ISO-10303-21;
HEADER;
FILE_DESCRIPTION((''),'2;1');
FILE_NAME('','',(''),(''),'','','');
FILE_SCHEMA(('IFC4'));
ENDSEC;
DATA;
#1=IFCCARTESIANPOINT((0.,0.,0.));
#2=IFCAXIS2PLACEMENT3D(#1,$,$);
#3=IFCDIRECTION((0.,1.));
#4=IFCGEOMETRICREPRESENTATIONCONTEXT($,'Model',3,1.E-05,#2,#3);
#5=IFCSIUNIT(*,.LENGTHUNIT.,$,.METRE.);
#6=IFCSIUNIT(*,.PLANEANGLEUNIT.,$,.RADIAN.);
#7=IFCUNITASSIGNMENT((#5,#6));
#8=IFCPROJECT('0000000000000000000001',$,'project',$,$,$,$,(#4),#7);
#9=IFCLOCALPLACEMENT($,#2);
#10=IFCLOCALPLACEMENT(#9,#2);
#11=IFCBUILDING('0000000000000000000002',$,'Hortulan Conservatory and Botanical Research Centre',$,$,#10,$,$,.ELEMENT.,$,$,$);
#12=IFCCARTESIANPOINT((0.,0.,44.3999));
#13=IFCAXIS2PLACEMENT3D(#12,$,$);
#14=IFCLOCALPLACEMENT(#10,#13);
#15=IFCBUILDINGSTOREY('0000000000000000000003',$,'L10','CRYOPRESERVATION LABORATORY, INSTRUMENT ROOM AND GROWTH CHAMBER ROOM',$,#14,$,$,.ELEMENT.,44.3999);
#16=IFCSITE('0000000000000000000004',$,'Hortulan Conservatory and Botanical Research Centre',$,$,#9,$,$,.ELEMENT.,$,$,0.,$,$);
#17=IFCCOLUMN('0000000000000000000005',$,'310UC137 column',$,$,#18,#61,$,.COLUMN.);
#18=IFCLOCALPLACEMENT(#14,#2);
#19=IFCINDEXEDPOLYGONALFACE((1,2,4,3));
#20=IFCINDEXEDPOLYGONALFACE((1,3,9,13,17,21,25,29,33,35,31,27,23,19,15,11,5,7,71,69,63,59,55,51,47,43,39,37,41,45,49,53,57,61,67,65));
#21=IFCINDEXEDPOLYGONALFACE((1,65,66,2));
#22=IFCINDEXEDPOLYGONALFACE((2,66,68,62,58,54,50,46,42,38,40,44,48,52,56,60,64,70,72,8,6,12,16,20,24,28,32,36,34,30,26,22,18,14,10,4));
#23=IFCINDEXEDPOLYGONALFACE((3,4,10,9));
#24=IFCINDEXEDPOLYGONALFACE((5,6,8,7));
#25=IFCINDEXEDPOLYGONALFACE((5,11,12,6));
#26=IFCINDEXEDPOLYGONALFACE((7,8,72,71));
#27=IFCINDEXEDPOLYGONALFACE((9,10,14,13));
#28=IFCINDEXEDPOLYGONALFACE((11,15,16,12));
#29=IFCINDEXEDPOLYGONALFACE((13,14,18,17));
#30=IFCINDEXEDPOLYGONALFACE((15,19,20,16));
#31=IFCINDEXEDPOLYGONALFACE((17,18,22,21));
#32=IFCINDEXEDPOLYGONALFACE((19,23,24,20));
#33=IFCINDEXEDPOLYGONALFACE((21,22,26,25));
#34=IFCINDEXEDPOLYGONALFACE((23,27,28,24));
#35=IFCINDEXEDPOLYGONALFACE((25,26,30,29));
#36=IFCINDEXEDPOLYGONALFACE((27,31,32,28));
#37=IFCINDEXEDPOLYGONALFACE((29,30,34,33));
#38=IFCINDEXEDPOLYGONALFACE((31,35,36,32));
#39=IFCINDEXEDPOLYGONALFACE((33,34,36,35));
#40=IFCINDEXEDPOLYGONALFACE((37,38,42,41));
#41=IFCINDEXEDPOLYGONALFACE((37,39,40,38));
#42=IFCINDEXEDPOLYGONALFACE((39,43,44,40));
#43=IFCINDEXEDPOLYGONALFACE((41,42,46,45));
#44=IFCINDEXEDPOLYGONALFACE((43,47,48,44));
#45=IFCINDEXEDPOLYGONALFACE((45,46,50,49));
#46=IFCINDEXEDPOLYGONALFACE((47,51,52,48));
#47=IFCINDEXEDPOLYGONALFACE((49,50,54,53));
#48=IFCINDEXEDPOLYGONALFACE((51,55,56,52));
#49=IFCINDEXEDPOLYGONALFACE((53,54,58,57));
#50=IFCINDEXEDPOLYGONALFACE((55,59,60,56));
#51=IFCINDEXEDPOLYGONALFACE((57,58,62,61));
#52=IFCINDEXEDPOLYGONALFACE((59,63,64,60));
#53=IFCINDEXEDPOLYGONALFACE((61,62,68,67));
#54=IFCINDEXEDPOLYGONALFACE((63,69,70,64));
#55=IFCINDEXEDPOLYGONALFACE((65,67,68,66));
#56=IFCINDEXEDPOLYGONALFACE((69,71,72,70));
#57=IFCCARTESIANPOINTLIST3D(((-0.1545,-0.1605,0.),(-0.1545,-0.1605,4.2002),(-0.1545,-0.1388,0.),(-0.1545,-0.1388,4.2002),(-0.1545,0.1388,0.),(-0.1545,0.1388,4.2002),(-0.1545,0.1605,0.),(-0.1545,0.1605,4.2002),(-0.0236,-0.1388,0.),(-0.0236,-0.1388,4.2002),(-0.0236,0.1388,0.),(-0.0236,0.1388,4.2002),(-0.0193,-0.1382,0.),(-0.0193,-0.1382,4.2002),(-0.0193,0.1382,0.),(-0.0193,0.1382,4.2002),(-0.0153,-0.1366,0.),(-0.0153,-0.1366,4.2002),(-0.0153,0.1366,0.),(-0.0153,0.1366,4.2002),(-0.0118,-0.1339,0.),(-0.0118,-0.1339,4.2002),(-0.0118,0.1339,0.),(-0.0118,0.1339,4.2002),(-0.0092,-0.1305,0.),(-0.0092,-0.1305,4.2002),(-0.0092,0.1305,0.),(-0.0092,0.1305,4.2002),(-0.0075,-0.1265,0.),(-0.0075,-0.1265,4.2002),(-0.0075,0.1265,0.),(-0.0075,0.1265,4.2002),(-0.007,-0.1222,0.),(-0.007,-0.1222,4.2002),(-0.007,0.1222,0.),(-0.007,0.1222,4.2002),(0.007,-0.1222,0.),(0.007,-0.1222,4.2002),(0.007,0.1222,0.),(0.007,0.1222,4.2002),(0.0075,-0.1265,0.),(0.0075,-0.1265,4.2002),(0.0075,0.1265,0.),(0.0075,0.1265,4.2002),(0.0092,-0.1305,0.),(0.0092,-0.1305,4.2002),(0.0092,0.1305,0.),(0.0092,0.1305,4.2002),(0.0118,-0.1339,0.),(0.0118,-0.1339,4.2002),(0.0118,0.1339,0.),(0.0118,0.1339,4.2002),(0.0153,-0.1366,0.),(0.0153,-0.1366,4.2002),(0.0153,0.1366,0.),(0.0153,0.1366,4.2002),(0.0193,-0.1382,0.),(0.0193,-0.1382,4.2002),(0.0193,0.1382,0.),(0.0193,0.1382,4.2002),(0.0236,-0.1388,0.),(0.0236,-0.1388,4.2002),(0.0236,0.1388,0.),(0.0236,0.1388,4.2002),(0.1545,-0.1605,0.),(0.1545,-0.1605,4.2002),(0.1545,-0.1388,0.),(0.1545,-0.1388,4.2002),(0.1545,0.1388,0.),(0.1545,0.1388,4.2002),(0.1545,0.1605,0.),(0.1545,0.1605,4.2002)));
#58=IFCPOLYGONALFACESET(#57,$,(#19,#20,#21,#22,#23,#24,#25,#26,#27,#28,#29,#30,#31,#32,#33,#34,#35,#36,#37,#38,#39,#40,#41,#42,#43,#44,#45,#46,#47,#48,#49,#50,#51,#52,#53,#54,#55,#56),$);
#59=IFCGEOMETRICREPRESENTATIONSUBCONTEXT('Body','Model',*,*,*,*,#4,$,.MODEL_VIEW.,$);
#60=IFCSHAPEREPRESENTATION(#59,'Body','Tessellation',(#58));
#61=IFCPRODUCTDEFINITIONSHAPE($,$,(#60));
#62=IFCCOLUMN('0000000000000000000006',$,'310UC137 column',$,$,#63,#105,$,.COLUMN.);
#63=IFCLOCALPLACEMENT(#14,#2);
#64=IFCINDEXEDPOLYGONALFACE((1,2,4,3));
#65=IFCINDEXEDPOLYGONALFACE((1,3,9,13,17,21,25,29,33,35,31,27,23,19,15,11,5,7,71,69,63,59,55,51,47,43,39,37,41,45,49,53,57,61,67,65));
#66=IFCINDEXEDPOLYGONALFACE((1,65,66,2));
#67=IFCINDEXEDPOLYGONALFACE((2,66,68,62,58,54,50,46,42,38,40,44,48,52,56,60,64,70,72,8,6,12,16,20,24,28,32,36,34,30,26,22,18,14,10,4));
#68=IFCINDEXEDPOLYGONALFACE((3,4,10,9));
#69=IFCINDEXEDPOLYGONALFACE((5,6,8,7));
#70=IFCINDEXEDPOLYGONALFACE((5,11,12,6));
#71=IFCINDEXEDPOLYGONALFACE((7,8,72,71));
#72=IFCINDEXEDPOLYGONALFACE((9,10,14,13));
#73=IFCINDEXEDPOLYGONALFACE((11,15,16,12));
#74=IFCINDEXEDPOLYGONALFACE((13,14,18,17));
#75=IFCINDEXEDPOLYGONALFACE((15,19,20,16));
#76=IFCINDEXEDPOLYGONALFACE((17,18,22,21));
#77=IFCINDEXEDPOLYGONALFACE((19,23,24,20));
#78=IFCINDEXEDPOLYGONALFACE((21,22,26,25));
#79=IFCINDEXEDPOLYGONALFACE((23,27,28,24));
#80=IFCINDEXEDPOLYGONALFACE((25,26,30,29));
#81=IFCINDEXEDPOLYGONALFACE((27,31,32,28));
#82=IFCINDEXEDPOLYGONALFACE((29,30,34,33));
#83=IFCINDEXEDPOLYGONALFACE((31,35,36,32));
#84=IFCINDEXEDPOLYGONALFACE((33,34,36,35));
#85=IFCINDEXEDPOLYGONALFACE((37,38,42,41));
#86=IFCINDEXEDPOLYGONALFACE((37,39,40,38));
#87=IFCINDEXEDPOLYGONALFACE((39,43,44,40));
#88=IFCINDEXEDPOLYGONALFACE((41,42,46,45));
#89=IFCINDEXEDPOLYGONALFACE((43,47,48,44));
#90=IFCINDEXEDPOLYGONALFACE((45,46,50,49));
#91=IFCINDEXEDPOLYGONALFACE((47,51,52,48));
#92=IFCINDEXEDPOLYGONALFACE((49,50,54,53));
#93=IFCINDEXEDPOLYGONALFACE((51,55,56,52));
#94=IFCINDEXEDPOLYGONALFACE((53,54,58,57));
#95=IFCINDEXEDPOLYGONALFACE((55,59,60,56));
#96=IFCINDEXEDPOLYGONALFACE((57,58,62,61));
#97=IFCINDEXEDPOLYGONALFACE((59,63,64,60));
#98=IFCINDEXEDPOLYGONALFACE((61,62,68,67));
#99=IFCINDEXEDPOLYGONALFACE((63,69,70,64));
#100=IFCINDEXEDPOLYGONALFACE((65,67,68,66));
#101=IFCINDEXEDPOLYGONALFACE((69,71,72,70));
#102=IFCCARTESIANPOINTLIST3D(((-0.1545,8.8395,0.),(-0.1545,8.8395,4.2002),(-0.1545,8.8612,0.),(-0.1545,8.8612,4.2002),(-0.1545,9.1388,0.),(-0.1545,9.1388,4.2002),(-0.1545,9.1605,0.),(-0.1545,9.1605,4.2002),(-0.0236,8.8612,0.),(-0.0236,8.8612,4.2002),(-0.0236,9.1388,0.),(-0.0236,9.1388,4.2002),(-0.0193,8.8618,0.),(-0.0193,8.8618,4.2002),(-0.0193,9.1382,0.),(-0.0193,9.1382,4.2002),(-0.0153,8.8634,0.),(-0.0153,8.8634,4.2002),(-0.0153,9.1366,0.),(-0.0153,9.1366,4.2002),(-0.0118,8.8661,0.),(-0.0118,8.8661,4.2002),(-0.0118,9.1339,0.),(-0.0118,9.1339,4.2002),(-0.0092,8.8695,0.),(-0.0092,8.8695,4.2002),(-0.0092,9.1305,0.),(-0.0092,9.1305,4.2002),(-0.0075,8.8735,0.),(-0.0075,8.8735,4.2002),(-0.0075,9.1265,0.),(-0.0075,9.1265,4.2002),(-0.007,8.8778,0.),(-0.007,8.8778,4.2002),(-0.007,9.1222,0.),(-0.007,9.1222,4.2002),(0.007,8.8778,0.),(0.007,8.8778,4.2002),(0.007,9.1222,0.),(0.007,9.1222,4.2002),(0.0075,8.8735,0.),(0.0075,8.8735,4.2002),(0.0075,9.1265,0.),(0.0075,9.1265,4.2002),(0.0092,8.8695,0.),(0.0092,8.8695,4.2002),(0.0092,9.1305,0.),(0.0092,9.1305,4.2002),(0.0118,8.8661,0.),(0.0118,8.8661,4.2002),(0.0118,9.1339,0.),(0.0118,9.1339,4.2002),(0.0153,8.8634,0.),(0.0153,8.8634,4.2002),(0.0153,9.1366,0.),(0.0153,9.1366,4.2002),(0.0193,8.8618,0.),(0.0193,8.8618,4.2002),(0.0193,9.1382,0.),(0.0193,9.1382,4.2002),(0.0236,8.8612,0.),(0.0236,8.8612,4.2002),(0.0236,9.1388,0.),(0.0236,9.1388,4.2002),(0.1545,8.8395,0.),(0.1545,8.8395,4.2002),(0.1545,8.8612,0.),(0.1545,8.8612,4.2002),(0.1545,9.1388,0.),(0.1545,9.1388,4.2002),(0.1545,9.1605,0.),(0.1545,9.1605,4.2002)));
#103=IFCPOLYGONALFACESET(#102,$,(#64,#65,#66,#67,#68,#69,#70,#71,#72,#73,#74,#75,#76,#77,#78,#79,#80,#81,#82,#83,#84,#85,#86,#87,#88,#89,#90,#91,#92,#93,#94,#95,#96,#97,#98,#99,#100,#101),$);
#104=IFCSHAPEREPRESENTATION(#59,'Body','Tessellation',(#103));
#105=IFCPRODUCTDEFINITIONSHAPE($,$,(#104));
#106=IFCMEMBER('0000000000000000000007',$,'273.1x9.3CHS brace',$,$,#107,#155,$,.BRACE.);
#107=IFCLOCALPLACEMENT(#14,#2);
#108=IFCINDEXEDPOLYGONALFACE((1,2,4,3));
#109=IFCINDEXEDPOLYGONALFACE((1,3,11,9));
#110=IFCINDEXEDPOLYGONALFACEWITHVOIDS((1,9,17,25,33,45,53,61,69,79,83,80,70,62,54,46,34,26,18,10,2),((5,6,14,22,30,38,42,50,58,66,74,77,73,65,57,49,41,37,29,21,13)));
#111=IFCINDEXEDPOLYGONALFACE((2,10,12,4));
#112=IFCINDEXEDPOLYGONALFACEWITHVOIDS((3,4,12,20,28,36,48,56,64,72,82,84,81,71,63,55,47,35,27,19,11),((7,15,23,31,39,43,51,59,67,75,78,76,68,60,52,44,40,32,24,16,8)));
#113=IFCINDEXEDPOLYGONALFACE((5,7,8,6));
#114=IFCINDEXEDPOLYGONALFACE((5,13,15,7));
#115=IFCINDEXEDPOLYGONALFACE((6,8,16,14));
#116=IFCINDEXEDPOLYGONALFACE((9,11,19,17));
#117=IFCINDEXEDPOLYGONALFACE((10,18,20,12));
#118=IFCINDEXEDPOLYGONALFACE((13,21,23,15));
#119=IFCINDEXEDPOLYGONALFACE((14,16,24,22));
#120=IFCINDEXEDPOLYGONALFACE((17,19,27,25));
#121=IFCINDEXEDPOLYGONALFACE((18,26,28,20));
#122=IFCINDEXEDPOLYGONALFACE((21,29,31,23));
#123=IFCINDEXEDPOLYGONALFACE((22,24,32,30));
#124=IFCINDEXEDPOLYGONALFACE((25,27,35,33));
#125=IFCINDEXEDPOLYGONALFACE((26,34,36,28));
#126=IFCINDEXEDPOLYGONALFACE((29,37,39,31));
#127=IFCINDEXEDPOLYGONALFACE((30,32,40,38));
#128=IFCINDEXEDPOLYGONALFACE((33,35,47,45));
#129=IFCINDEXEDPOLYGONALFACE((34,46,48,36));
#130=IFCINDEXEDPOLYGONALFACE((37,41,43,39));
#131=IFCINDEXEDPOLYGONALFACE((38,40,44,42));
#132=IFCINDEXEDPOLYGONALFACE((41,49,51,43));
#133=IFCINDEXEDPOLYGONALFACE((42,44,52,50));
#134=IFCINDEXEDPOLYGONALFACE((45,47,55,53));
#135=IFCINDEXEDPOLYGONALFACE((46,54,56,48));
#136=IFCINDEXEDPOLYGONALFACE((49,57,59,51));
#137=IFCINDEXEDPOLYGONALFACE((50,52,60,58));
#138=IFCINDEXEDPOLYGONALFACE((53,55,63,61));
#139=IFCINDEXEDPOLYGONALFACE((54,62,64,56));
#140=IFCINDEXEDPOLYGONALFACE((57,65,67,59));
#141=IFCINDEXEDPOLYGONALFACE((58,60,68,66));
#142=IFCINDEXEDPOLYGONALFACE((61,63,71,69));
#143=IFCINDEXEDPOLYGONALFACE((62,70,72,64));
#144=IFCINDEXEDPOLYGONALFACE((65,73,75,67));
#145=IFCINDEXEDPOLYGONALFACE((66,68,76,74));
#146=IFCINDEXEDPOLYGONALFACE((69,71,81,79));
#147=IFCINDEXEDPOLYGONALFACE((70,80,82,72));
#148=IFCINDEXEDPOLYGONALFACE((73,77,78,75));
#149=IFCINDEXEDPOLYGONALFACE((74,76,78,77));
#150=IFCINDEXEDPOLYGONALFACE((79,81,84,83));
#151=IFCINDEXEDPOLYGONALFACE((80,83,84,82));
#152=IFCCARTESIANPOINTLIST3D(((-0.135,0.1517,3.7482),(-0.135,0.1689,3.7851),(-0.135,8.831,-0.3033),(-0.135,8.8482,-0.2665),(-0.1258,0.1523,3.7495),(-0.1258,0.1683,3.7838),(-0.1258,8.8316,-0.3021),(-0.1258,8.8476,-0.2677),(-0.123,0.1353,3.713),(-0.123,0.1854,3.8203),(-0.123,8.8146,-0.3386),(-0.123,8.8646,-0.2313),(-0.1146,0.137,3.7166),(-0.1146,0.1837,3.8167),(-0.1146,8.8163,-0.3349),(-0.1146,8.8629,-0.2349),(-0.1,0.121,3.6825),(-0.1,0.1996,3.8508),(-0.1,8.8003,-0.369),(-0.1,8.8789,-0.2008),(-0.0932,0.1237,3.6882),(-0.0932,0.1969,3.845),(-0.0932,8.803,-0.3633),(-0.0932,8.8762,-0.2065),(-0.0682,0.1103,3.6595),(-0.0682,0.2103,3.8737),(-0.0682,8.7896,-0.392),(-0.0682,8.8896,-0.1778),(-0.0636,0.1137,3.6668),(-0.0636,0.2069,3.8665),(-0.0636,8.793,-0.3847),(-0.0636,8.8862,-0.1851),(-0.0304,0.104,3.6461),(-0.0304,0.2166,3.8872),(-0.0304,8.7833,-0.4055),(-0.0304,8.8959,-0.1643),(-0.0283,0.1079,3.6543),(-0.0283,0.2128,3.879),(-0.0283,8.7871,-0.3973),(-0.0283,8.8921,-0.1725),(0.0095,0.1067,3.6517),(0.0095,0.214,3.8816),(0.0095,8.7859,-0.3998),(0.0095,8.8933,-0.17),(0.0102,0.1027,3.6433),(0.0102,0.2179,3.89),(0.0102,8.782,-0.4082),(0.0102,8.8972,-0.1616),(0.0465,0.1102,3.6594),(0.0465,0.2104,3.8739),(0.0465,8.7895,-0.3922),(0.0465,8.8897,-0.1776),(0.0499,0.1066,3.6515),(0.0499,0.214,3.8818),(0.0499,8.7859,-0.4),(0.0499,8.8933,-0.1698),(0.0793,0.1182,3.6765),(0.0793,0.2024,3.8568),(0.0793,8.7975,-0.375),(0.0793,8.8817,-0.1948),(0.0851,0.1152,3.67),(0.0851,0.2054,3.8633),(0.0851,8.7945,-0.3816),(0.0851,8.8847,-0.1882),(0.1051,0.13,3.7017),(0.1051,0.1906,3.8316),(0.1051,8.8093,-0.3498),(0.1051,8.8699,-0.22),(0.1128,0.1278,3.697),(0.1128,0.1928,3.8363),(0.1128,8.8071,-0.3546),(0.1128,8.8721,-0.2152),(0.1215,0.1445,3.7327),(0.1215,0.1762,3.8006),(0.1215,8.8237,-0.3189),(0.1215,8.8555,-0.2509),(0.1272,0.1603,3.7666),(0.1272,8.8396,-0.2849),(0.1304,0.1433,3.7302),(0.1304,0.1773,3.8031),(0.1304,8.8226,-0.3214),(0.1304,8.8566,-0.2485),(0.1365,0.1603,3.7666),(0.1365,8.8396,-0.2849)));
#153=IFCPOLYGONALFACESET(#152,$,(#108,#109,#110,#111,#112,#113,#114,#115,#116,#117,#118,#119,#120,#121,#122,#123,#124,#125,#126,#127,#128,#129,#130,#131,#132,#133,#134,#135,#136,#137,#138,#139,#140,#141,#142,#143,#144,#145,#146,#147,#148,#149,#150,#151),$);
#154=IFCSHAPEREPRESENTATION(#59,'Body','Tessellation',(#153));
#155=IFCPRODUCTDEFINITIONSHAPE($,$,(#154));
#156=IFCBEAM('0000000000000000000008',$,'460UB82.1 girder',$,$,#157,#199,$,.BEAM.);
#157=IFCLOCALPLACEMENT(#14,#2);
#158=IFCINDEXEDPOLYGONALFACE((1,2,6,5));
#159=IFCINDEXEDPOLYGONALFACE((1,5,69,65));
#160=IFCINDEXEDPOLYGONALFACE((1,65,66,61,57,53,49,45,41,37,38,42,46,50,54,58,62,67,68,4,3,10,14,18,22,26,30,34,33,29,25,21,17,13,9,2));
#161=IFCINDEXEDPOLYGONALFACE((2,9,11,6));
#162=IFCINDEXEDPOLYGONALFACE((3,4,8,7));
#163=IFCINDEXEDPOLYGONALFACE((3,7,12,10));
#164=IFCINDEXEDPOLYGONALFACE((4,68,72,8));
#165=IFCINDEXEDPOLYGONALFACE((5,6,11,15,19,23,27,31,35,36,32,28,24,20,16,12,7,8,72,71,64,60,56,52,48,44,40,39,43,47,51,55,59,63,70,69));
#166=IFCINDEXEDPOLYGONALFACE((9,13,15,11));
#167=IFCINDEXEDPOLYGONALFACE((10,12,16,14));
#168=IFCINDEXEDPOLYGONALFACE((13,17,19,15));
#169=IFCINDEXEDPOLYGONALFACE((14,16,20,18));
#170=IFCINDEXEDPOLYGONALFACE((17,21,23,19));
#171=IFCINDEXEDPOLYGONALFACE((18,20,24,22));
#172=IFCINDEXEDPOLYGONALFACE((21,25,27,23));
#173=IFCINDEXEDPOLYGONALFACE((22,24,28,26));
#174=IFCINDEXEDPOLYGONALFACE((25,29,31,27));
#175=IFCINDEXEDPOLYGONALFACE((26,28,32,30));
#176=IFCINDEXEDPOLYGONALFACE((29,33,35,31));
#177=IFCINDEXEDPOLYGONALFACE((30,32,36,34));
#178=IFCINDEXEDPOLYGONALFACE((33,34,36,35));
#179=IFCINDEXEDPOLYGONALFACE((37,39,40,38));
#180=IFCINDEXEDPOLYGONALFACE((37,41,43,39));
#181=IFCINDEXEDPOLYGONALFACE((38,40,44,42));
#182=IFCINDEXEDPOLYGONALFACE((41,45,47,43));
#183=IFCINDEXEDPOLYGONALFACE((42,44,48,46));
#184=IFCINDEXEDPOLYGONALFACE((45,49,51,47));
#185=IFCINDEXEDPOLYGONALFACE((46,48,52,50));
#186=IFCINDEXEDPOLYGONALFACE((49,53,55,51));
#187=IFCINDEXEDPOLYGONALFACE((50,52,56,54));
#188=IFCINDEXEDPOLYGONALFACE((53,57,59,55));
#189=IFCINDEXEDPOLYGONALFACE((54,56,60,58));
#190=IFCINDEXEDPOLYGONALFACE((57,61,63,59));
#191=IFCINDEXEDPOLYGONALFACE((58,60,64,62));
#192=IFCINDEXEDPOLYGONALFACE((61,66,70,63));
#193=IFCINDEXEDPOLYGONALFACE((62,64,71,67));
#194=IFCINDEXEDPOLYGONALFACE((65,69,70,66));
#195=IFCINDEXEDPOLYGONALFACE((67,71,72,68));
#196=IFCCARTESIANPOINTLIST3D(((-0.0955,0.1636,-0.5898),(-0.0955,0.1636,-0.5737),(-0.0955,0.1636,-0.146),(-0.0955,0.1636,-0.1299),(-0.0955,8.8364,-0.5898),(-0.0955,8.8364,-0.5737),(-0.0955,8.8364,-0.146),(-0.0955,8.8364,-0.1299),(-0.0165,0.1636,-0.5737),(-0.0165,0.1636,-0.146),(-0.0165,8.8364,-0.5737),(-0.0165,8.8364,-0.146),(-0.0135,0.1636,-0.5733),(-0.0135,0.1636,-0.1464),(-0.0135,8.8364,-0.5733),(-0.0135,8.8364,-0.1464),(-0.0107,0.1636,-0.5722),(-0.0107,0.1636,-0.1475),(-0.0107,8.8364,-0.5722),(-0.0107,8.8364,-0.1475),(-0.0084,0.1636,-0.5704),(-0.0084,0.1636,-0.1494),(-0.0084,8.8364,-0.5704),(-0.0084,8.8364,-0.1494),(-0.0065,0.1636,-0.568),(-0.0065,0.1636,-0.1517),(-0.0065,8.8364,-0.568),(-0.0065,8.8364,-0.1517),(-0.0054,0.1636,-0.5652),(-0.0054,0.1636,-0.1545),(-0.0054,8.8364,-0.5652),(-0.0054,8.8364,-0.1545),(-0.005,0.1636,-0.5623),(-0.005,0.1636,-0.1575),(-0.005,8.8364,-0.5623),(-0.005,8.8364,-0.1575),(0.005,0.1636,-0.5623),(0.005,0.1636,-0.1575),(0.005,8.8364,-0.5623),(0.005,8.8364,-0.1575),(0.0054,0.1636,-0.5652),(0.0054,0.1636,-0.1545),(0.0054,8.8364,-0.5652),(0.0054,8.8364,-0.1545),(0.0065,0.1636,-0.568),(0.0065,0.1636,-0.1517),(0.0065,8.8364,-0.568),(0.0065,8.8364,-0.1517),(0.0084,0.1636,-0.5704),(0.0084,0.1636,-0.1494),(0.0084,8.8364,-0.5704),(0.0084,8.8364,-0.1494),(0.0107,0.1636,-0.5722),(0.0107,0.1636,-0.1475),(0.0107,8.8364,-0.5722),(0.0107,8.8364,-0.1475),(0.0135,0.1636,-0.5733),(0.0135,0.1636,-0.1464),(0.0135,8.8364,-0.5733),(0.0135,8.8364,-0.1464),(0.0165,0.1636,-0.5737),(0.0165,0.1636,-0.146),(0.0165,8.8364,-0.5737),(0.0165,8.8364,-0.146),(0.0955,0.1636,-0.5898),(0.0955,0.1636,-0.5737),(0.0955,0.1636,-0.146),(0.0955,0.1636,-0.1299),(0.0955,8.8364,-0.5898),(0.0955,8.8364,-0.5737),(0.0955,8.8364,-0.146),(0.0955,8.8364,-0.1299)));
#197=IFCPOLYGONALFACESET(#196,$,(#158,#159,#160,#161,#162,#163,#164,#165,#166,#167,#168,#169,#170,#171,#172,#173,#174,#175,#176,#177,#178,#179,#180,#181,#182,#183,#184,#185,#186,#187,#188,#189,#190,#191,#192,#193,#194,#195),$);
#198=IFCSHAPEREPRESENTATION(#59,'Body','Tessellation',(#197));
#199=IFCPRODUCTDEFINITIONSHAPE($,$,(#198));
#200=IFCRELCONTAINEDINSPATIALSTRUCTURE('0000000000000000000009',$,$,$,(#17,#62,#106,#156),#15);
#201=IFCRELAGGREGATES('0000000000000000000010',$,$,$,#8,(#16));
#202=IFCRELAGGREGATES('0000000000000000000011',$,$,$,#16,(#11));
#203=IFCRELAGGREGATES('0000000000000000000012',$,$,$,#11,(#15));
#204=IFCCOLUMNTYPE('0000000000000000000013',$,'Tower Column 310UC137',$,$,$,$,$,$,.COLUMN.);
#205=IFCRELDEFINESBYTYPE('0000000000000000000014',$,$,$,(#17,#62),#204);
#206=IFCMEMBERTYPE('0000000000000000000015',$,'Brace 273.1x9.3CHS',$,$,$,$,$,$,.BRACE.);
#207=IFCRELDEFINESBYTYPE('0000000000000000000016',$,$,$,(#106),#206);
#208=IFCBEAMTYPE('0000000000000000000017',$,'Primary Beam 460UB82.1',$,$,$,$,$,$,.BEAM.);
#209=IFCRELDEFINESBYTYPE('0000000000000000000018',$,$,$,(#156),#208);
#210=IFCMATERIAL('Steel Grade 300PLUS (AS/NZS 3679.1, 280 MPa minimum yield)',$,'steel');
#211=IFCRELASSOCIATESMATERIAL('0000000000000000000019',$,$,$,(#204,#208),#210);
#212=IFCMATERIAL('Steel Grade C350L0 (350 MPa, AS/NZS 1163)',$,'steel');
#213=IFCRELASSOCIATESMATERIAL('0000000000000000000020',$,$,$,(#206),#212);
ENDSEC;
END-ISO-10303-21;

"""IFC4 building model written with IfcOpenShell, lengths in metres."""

from ifc_helpers import new_model, si_unit, direction, frame, origin, origin_2d, place, context, subcontext, project, spatial, hollow_circle, i_section, extrude, material, material_profile, profile_set, type_object, element, save


model = new_model("IFC4")

# Units and contexts
model_context = context("Model", 3, precision=1e-05, world=origin(), true_north=direction((0.0, 1.0)))
body_context = subcontext(model_context, "Body", "Model", "MODEL_VIEW")
ifc_project = project(units=[si_unit("LENGTHUNIT", "METRE"), si_unit("PLANEANGLEUNIT", "RADIAN")], contexts=[model_context])

# Site, building, storey
site_placement = place(None, origin())
site = spatial("IfcSite", under=ifc_project, at=site_placement, Name="Hortulan Conservatory and Botanical Research Centre", CompositionType="ELEMENT", RefElevation=0.0)
building_placement = place(site_placement, origin())
building = spatial("IfcBuilding", under=site, at=building_placement, Name="Hortulan Conservatory and Botanical Research Centre", CompositionType="ELEMENT")
storey_placement = place(building_placement, frame((0.0, 0.0, 44.3999)))
storey = spatial("IfcBuildingStorey", under=building, at=storey_placement, Name="L10", Description="CRYOPRESERVATION LABORATORY, INSTRUMENT ROOM AND GROWTH CHAMBER ROOM", CompositionType="ELEMENT", Elevation=44.3999)

# Columns
ifc_material_1 = material(Name="Steel Grade 300PLUS (AS/NZS 3679.1, 280 MPa minimum yield)", Category="steel")
ifc_material_profile_1 = material_profile(ifc_material_1, i_section(OverallWidth=0.3091, OverallDepth=0.321, WebThickness=0.0139, FlangeThickness=0.0217, FilletRadius=0.0166, at=origin_2d()), Name="310UC137")
ifc_profile_set_1 = profile_set([ifc_material_profile_1], Name="Steel Grade 300PLUS (AS/NZS 3679.1, 280 MPa minimum yield)")
column_type = type_object("IfcColumnType", Name="Tower Column 310UC137", PredefinedType="COLUMN", material=ifc_profile_set_1)
for number, where, z_axis, x_axis, name in (
    (1, (0.0, 0.0, 0.0), (0.0, 0.0, 1.0), (1.0, 0.0, 0.0), "310UC137 column"),
    (2, (0.0, 9.0, 0.0), (0.0, 0.0, 1.0), (1.0, 0.0, 0.0), "310UC137 column"),
):
    element("IfcColumn", number, at=place(storey_placement, frame(where, z_axis=z_axis, x_axis=x_axis)), inside=storey, type_object=column_type, Name=name, PredefinedType="COLUMN", context=body_context, shape_type="SweptSolid", body=[
        extrude(i_section(OverallWidth=0.3091, OverallDepth=0.321, WebThickness=0.0139, FlangeThickness=0.0217, FilletRadius=0.0166, at=origin_2d()), origin(), (0.0, 0.0, 1.0), 4.2002),
    ])

# Member
ifc_material_2 = material(Name="Steel Grade C350L0 (350 MPa, AS/NZS 1163)", Category="steel")
ifc_material_profile_2 = material_profile(ifc_material_2, hollow_circle(Radius=0.1365, WallThickness=0.0093, at=origin_2d()), Name="273.1x9.3CHS")
ifc_profile_set_2 = profile_set([ifc_material_profile_2], Name="Steel Grade C350L0 (350 MPa, AS/NZS 1163)")
member_type = type_object("IfcMemberType", Name="Brace 273.1x9.3CHS", PredefinedType="BRACE", material=ifc_profile_set_2)
member_placement = place(storey_placement, frame((0.0, 8.8396, -0.2849), z_axis=(0.0, -0.906134, 0.42299), x_axis=(1.0, 0.0, 0.0)))
element("IfcMember", 3, at=member_placement, inside=storey, type_object=member_type, Name="273.1x9.3CHS brace", PredefinedType="BRACE", context=body_context, shape_type="SweptSolid", body=[
    extrude(hollow_circle(Radius=0.1365, WallThickness=0.0093, at=origin_2d()), origin(), (0.0, 0.0, 1.0), 9.5784),
])

# Beam
ifc_material_profile_3 = material_profile(ifc_material_1, i_section(OverallWidth=0.1909, OverallDepth=0.46, WebThickness=0.01, FlangeThickness=0.0161, FilletRadius=0.0115, at=origin_2d()), Name="460UB82.1")
ifc_profile_set_3 = profile_set([ifc_material_profile_3], Name="Steel Grade 300PLUS (AS/NZS 3679.1, 280 MPa minimum yield)")
beam_type_1 = type_object("IfcBeamType", Name="Primary Beam 460UB82.1", PredefinedType="BEAM", material=ifc_profile_set_3)
beam_1_placement = place(storey_placement, frame((0.0, 0.1636, -0.3599), z_axis=(0.0, 1.0, 0.0), x_axis=(-1.0, 0.0, 0.0)))
element("IfcBeam", 4, at=beam_1_placement, inside=storey, type_object=beam_type_1, Name="460UB82.1 girder", PredefinedType="BEAM", context=body_context, shape_type="SweptSolid", body=[
    extrude(i_section(OverallWidth=0.1909, OverallDepth=0.46, WebThickness=0.01, FlangeThickness=0.0161, FilletRadius=0.0115, at=origin_2d()), origin(), (0.0, 0.0, 1.0), 8.6729),
])

save(model, "model.ifc")
